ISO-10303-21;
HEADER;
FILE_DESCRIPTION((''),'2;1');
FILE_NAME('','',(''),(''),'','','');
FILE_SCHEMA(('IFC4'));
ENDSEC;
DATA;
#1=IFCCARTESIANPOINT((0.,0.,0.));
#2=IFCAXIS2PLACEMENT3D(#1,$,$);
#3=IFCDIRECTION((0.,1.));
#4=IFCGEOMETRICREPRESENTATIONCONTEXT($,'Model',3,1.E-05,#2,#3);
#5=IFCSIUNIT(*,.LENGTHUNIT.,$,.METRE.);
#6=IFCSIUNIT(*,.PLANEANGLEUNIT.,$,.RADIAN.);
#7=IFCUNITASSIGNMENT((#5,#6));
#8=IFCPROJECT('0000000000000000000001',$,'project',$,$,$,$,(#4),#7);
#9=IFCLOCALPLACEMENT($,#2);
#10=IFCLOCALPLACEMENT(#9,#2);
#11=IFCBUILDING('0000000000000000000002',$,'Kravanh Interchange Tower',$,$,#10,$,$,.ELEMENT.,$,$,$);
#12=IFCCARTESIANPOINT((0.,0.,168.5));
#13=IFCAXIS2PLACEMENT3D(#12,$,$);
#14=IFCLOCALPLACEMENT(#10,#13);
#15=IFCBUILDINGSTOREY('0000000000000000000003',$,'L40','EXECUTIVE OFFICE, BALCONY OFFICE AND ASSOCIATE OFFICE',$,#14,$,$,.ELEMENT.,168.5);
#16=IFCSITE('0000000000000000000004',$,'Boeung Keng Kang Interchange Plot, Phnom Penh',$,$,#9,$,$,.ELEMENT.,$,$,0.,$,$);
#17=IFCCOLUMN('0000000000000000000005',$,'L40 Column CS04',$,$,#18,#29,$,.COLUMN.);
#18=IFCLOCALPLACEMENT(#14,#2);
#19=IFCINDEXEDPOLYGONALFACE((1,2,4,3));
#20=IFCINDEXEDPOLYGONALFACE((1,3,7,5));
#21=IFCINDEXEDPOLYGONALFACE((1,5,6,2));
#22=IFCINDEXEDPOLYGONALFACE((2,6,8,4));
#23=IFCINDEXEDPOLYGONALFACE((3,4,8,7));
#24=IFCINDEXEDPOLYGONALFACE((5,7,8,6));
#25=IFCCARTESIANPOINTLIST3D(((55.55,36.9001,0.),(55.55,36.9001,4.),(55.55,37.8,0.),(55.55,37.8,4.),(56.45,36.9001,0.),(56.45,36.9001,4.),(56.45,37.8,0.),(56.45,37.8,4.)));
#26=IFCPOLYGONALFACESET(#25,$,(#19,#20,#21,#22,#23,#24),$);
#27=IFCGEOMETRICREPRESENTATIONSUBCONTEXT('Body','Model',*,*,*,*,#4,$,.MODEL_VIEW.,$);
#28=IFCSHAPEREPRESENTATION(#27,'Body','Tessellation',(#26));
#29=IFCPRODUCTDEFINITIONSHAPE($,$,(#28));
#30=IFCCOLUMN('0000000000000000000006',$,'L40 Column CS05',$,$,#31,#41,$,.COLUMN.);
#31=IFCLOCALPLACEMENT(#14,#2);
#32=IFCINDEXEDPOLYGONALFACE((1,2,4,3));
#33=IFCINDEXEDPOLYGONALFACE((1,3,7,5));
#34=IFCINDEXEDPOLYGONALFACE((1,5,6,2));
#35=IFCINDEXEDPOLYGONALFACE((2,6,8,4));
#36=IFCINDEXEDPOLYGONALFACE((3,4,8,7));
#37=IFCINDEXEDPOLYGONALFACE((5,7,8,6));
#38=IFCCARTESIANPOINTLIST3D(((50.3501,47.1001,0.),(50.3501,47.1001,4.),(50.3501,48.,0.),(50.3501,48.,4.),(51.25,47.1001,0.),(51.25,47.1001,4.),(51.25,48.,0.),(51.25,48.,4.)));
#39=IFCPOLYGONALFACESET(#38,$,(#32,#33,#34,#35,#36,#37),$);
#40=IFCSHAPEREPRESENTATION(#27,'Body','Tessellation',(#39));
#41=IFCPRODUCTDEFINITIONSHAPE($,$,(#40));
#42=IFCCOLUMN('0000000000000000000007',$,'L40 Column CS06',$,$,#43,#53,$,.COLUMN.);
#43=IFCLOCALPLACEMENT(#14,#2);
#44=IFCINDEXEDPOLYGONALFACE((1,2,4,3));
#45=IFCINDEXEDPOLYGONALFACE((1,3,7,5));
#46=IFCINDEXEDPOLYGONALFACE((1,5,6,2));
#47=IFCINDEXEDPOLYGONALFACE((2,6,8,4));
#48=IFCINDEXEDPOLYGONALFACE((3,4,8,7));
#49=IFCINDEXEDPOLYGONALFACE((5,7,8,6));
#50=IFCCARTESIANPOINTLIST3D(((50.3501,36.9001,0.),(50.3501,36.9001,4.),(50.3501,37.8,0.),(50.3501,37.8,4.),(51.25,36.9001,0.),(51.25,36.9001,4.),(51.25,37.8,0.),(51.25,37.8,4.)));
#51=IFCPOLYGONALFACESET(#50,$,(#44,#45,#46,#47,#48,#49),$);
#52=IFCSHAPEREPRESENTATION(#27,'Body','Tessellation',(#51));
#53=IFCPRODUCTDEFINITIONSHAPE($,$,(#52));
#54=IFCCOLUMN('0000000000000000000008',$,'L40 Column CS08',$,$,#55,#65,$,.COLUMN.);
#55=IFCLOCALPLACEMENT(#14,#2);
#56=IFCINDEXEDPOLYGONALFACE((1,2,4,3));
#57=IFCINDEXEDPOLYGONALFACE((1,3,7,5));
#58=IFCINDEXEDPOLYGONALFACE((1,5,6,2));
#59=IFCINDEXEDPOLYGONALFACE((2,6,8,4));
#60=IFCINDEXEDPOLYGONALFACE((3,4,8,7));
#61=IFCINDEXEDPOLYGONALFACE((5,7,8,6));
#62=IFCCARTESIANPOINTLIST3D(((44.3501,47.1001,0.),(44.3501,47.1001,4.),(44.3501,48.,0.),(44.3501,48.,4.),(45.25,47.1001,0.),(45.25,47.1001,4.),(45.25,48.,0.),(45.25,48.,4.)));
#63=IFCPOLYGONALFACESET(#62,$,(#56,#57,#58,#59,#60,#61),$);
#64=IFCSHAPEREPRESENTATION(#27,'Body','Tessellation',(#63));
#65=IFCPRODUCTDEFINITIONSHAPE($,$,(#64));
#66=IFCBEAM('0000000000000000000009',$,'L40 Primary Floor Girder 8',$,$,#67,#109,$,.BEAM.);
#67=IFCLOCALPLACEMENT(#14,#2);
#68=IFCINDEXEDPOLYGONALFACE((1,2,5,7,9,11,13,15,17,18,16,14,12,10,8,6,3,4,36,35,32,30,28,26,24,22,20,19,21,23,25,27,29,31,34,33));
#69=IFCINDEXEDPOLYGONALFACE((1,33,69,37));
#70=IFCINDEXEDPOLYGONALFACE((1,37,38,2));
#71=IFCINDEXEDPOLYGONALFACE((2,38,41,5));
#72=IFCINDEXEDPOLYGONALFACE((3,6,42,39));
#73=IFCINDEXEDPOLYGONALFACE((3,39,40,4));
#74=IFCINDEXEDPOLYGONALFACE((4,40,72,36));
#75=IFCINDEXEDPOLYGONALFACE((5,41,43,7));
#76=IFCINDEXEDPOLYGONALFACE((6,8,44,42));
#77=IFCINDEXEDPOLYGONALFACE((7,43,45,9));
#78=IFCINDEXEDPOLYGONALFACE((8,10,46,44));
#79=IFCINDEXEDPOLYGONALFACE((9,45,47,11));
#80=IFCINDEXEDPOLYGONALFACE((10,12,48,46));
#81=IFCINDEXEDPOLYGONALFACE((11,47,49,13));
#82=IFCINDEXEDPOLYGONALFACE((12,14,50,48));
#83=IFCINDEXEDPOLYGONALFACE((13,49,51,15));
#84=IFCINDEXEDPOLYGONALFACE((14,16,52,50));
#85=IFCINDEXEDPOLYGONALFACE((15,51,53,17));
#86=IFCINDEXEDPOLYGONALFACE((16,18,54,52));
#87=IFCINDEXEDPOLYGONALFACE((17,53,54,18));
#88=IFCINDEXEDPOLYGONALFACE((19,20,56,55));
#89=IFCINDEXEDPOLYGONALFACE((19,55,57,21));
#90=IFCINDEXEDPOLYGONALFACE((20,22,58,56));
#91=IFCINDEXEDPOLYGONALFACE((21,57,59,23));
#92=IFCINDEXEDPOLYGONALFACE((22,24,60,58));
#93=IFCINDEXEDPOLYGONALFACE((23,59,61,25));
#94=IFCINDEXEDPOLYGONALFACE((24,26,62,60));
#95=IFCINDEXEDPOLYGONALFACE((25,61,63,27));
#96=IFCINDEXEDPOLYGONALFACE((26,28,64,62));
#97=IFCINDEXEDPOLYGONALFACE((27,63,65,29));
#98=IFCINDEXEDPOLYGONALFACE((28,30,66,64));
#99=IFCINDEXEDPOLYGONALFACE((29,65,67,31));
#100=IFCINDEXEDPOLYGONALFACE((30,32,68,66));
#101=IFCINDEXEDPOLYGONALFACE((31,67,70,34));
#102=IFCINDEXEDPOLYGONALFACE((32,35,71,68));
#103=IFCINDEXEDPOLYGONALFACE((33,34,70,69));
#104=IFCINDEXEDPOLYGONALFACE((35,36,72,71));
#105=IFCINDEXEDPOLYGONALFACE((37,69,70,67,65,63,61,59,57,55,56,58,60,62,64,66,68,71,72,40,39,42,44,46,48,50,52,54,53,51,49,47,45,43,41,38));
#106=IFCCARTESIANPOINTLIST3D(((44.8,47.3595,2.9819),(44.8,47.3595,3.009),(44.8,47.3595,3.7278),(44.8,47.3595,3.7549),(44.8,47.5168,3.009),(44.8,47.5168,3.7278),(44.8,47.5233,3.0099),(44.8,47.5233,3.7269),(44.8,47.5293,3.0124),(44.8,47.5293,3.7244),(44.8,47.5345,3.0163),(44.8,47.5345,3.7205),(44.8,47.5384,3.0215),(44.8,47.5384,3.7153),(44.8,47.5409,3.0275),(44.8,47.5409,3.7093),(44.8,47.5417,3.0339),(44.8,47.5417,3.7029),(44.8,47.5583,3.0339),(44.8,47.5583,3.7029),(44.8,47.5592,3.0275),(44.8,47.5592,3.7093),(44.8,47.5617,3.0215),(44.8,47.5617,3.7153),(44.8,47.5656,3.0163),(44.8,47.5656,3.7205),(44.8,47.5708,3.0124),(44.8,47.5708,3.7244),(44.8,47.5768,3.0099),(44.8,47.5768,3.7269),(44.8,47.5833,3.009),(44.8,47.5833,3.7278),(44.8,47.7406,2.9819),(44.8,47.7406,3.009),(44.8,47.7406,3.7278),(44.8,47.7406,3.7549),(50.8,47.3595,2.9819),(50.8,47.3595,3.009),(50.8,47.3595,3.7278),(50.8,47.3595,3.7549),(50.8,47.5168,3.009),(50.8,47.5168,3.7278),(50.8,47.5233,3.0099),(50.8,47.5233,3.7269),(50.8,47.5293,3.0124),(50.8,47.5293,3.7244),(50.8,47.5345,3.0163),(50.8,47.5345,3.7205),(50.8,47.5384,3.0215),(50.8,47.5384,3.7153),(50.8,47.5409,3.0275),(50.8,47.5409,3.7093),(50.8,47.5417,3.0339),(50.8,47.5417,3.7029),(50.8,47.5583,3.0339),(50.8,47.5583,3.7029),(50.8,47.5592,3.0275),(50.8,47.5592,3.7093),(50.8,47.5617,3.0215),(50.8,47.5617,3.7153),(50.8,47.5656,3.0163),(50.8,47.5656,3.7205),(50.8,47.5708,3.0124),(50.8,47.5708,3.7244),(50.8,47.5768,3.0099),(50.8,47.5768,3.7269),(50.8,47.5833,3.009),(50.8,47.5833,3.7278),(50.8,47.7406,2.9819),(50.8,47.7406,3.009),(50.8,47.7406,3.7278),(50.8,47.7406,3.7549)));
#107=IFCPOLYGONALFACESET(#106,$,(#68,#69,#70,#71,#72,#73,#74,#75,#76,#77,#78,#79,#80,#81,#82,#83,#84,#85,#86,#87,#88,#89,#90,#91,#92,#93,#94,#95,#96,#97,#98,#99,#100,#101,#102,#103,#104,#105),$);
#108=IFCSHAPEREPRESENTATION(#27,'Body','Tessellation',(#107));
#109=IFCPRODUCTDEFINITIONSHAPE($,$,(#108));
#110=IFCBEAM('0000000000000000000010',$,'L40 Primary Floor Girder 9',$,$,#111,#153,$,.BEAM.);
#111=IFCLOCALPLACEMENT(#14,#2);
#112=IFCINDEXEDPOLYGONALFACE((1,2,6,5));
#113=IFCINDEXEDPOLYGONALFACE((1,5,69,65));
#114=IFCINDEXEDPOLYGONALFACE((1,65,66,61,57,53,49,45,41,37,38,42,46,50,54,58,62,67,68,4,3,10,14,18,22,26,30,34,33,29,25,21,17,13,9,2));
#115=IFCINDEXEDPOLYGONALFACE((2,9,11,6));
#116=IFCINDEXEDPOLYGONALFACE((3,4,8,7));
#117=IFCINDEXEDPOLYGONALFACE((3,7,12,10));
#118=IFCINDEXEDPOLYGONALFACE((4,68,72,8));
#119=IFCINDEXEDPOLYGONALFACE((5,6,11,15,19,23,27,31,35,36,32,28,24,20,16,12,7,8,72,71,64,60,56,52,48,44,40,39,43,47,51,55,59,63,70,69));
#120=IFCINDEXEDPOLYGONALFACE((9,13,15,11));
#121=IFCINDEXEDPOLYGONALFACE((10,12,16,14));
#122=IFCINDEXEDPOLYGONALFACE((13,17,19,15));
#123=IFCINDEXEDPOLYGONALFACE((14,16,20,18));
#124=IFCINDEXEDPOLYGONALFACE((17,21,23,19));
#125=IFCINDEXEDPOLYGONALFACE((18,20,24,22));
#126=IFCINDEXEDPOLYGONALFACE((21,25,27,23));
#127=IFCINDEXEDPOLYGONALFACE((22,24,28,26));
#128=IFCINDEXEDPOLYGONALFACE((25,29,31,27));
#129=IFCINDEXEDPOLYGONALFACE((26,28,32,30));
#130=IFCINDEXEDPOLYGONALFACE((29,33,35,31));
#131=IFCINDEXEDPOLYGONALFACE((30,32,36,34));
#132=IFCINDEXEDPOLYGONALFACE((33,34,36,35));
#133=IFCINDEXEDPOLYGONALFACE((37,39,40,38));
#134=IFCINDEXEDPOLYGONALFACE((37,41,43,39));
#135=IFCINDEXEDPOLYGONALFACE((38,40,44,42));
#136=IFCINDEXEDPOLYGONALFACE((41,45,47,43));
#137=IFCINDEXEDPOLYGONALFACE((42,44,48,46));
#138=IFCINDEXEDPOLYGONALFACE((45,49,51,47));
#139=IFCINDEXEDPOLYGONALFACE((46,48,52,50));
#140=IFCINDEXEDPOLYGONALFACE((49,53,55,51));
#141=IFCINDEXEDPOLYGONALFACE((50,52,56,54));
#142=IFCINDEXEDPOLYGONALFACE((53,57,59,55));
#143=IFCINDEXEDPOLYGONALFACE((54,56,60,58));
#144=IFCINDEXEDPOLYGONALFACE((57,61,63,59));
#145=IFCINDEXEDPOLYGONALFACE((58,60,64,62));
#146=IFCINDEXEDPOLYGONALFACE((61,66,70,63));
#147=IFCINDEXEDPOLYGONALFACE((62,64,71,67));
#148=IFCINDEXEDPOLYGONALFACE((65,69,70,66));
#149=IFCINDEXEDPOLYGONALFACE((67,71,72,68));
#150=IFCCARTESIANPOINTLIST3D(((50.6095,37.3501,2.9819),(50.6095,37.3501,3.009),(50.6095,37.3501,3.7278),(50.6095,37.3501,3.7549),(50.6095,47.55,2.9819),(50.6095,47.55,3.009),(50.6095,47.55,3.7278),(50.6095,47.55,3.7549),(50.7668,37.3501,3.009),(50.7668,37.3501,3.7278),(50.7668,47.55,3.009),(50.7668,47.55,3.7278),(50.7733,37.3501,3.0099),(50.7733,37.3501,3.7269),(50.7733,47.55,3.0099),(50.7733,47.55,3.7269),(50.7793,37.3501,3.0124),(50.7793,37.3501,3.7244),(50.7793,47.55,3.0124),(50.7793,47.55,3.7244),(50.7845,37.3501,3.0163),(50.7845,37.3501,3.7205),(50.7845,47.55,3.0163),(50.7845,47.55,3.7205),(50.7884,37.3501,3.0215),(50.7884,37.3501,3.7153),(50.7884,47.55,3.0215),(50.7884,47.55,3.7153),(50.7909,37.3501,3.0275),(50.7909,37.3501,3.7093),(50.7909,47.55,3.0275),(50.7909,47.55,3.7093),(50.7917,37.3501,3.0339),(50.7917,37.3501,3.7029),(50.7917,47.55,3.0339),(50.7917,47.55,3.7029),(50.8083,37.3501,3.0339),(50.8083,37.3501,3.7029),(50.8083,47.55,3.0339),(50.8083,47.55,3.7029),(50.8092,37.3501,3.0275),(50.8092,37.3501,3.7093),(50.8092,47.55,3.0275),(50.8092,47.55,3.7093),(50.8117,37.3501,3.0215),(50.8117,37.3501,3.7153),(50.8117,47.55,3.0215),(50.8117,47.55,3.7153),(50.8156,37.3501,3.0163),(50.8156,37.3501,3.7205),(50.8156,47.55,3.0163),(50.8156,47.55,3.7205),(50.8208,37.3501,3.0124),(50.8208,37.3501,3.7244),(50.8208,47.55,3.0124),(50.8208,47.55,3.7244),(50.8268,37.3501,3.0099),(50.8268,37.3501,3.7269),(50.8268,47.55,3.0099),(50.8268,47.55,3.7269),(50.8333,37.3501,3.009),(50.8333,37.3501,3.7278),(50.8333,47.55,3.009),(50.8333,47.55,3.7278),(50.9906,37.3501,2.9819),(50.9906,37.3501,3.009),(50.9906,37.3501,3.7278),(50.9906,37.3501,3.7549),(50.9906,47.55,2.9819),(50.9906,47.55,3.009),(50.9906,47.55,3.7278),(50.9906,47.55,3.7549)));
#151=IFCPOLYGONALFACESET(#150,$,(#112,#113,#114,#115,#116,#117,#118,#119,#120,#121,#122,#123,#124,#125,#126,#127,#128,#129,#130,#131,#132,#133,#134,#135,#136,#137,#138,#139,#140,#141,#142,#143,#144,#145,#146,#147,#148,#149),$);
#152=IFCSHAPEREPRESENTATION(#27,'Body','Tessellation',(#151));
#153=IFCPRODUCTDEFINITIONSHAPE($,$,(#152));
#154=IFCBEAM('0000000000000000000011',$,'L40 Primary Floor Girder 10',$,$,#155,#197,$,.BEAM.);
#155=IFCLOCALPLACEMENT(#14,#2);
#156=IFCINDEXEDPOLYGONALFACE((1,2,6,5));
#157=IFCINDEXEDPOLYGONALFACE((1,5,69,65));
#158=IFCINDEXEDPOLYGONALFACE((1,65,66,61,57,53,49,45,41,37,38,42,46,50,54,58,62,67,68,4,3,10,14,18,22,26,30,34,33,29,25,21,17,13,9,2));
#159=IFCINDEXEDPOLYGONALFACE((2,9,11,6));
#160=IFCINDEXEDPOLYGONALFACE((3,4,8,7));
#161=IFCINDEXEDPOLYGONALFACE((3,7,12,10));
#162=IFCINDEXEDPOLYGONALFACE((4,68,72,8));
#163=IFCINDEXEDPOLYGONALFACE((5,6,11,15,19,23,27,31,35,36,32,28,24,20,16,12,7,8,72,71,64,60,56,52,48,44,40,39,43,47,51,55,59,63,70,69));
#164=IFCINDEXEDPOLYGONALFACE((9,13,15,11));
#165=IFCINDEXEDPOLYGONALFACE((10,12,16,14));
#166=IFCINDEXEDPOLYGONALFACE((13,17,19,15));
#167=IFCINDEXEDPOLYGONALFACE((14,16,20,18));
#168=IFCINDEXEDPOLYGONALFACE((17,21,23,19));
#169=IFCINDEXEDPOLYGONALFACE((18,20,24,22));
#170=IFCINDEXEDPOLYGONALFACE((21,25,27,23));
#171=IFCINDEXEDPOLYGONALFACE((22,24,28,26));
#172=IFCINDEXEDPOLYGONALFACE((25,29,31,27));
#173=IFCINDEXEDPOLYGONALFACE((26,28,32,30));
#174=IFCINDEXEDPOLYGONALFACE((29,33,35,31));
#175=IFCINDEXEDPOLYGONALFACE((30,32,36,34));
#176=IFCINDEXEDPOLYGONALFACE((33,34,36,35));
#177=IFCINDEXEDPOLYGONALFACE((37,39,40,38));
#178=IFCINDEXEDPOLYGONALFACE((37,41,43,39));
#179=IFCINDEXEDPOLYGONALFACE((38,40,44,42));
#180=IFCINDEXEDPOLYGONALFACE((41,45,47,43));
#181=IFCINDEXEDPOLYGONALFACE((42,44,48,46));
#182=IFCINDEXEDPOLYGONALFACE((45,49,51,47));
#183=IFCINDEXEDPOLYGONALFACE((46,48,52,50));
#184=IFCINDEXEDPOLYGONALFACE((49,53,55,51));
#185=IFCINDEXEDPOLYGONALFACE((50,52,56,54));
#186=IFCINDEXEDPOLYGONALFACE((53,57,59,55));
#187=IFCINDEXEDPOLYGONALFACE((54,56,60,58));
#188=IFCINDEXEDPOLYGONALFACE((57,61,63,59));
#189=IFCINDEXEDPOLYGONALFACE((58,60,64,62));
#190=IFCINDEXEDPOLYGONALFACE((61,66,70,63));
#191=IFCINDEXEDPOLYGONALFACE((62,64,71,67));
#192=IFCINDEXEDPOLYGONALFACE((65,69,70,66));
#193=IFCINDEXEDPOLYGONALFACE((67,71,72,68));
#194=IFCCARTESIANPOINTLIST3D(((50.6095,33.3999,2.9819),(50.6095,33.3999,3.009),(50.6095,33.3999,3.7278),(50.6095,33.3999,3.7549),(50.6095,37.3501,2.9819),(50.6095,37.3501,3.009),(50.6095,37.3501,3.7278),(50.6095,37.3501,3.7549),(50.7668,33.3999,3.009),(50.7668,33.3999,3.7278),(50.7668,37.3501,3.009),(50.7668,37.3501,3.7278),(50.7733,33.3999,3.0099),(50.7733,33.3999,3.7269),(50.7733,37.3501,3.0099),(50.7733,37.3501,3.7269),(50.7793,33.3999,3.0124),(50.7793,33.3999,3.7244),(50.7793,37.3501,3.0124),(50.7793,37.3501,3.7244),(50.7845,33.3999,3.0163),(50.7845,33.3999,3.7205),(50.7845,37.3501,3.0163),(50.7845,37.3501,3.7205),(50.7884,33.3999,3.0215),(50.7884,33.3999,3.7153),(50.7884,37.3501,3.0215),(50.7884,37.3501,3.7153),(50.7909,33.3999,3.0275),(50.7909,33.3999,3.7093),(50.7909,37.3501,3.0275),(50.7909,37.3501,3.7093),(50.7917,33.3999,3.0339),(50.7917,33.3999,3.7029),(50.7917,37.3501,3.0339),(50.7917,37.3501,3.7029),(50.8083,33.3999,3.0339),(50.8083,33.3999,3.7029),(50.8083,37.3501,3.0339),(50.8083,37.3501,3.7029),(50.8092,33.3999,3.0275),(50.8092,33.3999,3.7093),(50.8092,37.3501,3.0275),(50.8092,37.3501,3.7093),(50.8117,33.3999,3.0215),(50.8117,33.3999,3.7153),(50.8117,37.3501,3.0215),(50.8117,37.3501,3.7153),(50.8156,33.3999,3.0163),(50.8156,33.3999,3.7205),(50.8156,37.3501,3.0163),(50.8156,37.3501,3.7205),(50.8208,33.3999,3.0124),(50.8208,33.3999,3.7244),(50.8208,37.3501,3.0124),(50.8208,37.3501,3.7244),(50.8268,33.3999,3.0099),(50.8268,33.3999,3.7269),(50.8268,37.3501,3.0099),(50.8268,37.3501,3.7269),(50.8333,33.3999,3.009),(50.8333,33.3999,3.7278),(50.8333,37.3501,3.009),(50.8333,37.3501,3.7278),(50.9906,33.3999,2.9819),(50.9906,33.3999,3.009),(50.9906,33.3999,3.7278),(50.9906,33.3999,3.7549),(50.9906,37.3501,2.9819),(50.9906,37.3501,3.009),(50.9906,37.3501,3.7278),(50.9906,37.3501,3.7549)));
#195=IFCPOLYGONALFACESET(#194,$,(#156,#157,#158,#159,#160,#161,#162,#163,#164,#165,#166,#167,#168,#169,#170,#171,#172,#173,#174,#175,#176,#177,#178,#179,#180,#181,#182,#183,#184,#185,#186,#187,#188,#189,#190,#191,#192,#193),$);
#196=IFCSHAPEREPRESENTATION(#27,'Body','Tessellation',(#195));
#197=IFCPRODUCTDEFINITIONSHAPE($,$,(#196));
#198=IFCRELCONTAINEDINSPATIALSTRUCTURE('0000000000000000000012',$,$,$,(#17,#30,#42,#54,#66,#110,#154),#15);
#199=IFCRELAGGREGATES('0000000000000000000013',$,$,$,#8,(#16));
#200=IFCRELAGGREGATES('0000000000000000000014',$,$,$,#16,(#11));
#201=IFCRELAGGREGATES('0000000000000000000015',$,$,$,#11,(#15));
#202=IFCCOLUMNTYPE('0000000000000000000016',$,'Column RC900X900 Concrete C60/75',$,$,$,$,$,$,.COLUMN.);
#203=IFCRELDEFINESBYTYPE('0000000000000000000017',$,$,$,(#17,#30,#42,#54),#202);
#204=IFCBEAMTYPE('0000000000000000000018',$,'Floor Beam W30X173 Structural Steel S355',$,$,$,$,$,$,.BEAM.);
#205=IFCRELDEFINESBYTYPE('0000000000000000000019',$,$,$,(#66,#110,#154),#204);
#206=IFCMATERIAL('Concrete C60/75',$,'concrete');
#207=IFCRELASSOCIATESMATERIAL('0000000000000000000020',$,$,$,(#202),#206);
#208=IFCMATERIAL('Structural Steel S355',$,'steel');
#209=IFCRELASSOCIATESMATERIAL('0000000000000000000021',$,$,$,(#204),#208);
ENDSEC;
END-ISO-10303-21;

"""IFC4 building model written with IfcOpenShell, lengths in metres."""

from ifc_helpers import new_model, si_unit, direction, frame, origin, origin_2d, place, context, subcontext, project, spatial, rectangle, i_section, extrude, material, material_profile, profile_set, type_object, element, save


model = new_model("IFC4")

# Units and contexts
model_context = context("Model", 3, precision=1e-05, world=origin(), true_north=direction((0.0, 1.0)))
body_context = subcontext(model_context, "Body", "Model", "MODEL_VIEW")
ifc_project = project(units=[si_unit("LENGTHUNIT", "METRE"), si_unit("PLANEANGLEUNIT", "RADIAN")], contexts=[model_context])

# Site, building, storey
site_placement = place(None, origin())
site = spatial("IfcSite", under=ifc_project, at=site_placement, Name="Boeung Keng Kang Interchange Plot, Phnom Penh", CompositionType="ELEMENT", RefElevation=0.0)
building_placement = place(site_placement, origin())
building = spatial("IfcBuilding", under=site, at=building_placement, Name="Kravanh Interchange Tower", CompositionType="ELEMENT")
storey_placement = place(building_placement, frame((0.0, 0.0, 168.5)))
storey = spatial("IfcBuildingStorey", under=building, at=storey_placement, Name="L40", Description="EXECUTIVE OFFICE, BALCONY OFFICE AND ASSOCIATE OFFICE", CompositionType="ELEMENT", Elevation=168.5)

# Columns
ifc_material_1 = material(Name="Concrete C60/75", Category="concrete")
ifc_material_profile_1 = material_profile(ifc_material_1, rectangle(XDim=0.8999, YDim=0.8999, at=origin_2d()), Name="RC900X900")
ifc_profile_set_1 = profile_set([ifc_material_profile_1], Name="Concrete C60/75")
column_type = type_object("IfcColumnType", Name="Column RC900X900 Concrete C60/75", PredefinedType="COLUMN", material=ifc_profile_set_1)
for number, where, z_axis, x_axis, name in (
    (1, (56.0, 37.3501, 0.0), (0.0, 0.0, 1.0), (1.0, 0.0, 0.0), "L40 Column CS04"),
    (2, (50.8, 47.55, 0.0), (0.0, 0.0, 1.0), (1.0, 0.0, 0.0), "L40 Column CS05"),
    (3, (50.8, 37.3501, 0.0), (0.0, 0.0, 1.0), (1.0, 0.0, 0.0), "L40 Column CS06"),
    (4, (44.8, 47.55, 0.0), (0.0, 0.0, 1.0), (1.0, 0.0, 0.0), "L40 Column CS08"),
):
    element("IfcColumn", number, at=place(storey_placement, frame(where, z_axis=z_axis, x_axis=x_axis)), inside=storey, type_object=column_type, Name=name, PredefinedType="COLUMN", context=body_context, shape_type="SweptSolid", body=[
        extrude(rectangle(XDim=0.8999, YDim=0.8999, at=origin_2d()), origin(), (0.0, 0.0, 1.0), 4.0),
    ])

# Beams
ifc_material_2 = material(Name="Structural Steel S355", Category="steel")
ifc_material_profile_2 = material_profile(ifc_material_2, i_section(OverallWidth=0.3811, OverallDepth=0.7729, WebThickness=0.0166, FlangeThickness=0.0271, FilletRadius=0.0249, at=origin_2d()), Name="W30X173")
ifc_profile_set_2 = profile_set([ifc_material_profile_2], Name="Structural Steel S355")
beam_type_1 = type_object("IfcBeamType", Name="Floor Beam W30X173 Structural Steel S355", PredefinedType="BEAM", material=ifc_profile_set_2)
beam_1_placement = place(storey_placement, frame((50.8, 47.55, 3.3684), z_axis=(-1.0, 0.0, 0.0), x_axis=(0.0, -1.0, 0.0)))
element("IfcBeam", 5, at=beam_1_placement, inside=storey, type_object=beam_type_1, Name="L40 Primary Floor Girder 8", PredefinedType="BEAM", context=body_context, shape_type="SweptSolid", body=[
    extrude(i_section(OverallWidth=0.3811, OverallDepth=0.7729, WebThickness=0.0166, FlangeThickness=0.0271, FilletRadius=0.0249, at=origin_2d()), origin(), (0.0, 0.0, 1.0), 6.0),
])
beam_2_placement = place(storey_placement, frame((50.8, 47.55, 3.3684), z_axis=(0.0, -1.0, 0.0), x_axis=(1.0, 0.0, 0.0)))
element("IfcBeam", 6, at=beam_2_placement, inside=storey, type_object=beam_type_1, Name="L40 Primary Floor Girder 9", PredefinedType="BEAM", context=body_context, shape_type="SweptSolid", body=[
    extrude(i_section(OverallWidth=0.3811, OverallDepth=0.7729, WebThickness=0.0166, FlangeThickness=0.0271, FilletRadius=0.0249, at=origin_2d()), origin(), (0.0, 0.0, 1.0), 10.2),
])
beam_3_placement = place(storey_placement, frame((50.8, 37.3501, 3.3684), z_axis=(0.0, -1.0, 0.0), x_axis=(1.0, 0.0, 0.0)))
element("IfcBeam", 7, at=beam_3_placement, inside=storey, type_object=beam_type_1, Name="L40 Primary Floor Girder 10", PredefinedType="BEAM", context=body_context, shape_type="SweptSolid", body=[
    extrude(i_section(OverallWidth=0.3811, OverallDepth=0.7729, WebThickness=0.0166, FlangeThickness=0.0271, FilletRadius=0.0249, at=origin_2d()), origin(), (0.0, 0.0, 1.0), 3.9502),
])

save(model, "model.ifc")
